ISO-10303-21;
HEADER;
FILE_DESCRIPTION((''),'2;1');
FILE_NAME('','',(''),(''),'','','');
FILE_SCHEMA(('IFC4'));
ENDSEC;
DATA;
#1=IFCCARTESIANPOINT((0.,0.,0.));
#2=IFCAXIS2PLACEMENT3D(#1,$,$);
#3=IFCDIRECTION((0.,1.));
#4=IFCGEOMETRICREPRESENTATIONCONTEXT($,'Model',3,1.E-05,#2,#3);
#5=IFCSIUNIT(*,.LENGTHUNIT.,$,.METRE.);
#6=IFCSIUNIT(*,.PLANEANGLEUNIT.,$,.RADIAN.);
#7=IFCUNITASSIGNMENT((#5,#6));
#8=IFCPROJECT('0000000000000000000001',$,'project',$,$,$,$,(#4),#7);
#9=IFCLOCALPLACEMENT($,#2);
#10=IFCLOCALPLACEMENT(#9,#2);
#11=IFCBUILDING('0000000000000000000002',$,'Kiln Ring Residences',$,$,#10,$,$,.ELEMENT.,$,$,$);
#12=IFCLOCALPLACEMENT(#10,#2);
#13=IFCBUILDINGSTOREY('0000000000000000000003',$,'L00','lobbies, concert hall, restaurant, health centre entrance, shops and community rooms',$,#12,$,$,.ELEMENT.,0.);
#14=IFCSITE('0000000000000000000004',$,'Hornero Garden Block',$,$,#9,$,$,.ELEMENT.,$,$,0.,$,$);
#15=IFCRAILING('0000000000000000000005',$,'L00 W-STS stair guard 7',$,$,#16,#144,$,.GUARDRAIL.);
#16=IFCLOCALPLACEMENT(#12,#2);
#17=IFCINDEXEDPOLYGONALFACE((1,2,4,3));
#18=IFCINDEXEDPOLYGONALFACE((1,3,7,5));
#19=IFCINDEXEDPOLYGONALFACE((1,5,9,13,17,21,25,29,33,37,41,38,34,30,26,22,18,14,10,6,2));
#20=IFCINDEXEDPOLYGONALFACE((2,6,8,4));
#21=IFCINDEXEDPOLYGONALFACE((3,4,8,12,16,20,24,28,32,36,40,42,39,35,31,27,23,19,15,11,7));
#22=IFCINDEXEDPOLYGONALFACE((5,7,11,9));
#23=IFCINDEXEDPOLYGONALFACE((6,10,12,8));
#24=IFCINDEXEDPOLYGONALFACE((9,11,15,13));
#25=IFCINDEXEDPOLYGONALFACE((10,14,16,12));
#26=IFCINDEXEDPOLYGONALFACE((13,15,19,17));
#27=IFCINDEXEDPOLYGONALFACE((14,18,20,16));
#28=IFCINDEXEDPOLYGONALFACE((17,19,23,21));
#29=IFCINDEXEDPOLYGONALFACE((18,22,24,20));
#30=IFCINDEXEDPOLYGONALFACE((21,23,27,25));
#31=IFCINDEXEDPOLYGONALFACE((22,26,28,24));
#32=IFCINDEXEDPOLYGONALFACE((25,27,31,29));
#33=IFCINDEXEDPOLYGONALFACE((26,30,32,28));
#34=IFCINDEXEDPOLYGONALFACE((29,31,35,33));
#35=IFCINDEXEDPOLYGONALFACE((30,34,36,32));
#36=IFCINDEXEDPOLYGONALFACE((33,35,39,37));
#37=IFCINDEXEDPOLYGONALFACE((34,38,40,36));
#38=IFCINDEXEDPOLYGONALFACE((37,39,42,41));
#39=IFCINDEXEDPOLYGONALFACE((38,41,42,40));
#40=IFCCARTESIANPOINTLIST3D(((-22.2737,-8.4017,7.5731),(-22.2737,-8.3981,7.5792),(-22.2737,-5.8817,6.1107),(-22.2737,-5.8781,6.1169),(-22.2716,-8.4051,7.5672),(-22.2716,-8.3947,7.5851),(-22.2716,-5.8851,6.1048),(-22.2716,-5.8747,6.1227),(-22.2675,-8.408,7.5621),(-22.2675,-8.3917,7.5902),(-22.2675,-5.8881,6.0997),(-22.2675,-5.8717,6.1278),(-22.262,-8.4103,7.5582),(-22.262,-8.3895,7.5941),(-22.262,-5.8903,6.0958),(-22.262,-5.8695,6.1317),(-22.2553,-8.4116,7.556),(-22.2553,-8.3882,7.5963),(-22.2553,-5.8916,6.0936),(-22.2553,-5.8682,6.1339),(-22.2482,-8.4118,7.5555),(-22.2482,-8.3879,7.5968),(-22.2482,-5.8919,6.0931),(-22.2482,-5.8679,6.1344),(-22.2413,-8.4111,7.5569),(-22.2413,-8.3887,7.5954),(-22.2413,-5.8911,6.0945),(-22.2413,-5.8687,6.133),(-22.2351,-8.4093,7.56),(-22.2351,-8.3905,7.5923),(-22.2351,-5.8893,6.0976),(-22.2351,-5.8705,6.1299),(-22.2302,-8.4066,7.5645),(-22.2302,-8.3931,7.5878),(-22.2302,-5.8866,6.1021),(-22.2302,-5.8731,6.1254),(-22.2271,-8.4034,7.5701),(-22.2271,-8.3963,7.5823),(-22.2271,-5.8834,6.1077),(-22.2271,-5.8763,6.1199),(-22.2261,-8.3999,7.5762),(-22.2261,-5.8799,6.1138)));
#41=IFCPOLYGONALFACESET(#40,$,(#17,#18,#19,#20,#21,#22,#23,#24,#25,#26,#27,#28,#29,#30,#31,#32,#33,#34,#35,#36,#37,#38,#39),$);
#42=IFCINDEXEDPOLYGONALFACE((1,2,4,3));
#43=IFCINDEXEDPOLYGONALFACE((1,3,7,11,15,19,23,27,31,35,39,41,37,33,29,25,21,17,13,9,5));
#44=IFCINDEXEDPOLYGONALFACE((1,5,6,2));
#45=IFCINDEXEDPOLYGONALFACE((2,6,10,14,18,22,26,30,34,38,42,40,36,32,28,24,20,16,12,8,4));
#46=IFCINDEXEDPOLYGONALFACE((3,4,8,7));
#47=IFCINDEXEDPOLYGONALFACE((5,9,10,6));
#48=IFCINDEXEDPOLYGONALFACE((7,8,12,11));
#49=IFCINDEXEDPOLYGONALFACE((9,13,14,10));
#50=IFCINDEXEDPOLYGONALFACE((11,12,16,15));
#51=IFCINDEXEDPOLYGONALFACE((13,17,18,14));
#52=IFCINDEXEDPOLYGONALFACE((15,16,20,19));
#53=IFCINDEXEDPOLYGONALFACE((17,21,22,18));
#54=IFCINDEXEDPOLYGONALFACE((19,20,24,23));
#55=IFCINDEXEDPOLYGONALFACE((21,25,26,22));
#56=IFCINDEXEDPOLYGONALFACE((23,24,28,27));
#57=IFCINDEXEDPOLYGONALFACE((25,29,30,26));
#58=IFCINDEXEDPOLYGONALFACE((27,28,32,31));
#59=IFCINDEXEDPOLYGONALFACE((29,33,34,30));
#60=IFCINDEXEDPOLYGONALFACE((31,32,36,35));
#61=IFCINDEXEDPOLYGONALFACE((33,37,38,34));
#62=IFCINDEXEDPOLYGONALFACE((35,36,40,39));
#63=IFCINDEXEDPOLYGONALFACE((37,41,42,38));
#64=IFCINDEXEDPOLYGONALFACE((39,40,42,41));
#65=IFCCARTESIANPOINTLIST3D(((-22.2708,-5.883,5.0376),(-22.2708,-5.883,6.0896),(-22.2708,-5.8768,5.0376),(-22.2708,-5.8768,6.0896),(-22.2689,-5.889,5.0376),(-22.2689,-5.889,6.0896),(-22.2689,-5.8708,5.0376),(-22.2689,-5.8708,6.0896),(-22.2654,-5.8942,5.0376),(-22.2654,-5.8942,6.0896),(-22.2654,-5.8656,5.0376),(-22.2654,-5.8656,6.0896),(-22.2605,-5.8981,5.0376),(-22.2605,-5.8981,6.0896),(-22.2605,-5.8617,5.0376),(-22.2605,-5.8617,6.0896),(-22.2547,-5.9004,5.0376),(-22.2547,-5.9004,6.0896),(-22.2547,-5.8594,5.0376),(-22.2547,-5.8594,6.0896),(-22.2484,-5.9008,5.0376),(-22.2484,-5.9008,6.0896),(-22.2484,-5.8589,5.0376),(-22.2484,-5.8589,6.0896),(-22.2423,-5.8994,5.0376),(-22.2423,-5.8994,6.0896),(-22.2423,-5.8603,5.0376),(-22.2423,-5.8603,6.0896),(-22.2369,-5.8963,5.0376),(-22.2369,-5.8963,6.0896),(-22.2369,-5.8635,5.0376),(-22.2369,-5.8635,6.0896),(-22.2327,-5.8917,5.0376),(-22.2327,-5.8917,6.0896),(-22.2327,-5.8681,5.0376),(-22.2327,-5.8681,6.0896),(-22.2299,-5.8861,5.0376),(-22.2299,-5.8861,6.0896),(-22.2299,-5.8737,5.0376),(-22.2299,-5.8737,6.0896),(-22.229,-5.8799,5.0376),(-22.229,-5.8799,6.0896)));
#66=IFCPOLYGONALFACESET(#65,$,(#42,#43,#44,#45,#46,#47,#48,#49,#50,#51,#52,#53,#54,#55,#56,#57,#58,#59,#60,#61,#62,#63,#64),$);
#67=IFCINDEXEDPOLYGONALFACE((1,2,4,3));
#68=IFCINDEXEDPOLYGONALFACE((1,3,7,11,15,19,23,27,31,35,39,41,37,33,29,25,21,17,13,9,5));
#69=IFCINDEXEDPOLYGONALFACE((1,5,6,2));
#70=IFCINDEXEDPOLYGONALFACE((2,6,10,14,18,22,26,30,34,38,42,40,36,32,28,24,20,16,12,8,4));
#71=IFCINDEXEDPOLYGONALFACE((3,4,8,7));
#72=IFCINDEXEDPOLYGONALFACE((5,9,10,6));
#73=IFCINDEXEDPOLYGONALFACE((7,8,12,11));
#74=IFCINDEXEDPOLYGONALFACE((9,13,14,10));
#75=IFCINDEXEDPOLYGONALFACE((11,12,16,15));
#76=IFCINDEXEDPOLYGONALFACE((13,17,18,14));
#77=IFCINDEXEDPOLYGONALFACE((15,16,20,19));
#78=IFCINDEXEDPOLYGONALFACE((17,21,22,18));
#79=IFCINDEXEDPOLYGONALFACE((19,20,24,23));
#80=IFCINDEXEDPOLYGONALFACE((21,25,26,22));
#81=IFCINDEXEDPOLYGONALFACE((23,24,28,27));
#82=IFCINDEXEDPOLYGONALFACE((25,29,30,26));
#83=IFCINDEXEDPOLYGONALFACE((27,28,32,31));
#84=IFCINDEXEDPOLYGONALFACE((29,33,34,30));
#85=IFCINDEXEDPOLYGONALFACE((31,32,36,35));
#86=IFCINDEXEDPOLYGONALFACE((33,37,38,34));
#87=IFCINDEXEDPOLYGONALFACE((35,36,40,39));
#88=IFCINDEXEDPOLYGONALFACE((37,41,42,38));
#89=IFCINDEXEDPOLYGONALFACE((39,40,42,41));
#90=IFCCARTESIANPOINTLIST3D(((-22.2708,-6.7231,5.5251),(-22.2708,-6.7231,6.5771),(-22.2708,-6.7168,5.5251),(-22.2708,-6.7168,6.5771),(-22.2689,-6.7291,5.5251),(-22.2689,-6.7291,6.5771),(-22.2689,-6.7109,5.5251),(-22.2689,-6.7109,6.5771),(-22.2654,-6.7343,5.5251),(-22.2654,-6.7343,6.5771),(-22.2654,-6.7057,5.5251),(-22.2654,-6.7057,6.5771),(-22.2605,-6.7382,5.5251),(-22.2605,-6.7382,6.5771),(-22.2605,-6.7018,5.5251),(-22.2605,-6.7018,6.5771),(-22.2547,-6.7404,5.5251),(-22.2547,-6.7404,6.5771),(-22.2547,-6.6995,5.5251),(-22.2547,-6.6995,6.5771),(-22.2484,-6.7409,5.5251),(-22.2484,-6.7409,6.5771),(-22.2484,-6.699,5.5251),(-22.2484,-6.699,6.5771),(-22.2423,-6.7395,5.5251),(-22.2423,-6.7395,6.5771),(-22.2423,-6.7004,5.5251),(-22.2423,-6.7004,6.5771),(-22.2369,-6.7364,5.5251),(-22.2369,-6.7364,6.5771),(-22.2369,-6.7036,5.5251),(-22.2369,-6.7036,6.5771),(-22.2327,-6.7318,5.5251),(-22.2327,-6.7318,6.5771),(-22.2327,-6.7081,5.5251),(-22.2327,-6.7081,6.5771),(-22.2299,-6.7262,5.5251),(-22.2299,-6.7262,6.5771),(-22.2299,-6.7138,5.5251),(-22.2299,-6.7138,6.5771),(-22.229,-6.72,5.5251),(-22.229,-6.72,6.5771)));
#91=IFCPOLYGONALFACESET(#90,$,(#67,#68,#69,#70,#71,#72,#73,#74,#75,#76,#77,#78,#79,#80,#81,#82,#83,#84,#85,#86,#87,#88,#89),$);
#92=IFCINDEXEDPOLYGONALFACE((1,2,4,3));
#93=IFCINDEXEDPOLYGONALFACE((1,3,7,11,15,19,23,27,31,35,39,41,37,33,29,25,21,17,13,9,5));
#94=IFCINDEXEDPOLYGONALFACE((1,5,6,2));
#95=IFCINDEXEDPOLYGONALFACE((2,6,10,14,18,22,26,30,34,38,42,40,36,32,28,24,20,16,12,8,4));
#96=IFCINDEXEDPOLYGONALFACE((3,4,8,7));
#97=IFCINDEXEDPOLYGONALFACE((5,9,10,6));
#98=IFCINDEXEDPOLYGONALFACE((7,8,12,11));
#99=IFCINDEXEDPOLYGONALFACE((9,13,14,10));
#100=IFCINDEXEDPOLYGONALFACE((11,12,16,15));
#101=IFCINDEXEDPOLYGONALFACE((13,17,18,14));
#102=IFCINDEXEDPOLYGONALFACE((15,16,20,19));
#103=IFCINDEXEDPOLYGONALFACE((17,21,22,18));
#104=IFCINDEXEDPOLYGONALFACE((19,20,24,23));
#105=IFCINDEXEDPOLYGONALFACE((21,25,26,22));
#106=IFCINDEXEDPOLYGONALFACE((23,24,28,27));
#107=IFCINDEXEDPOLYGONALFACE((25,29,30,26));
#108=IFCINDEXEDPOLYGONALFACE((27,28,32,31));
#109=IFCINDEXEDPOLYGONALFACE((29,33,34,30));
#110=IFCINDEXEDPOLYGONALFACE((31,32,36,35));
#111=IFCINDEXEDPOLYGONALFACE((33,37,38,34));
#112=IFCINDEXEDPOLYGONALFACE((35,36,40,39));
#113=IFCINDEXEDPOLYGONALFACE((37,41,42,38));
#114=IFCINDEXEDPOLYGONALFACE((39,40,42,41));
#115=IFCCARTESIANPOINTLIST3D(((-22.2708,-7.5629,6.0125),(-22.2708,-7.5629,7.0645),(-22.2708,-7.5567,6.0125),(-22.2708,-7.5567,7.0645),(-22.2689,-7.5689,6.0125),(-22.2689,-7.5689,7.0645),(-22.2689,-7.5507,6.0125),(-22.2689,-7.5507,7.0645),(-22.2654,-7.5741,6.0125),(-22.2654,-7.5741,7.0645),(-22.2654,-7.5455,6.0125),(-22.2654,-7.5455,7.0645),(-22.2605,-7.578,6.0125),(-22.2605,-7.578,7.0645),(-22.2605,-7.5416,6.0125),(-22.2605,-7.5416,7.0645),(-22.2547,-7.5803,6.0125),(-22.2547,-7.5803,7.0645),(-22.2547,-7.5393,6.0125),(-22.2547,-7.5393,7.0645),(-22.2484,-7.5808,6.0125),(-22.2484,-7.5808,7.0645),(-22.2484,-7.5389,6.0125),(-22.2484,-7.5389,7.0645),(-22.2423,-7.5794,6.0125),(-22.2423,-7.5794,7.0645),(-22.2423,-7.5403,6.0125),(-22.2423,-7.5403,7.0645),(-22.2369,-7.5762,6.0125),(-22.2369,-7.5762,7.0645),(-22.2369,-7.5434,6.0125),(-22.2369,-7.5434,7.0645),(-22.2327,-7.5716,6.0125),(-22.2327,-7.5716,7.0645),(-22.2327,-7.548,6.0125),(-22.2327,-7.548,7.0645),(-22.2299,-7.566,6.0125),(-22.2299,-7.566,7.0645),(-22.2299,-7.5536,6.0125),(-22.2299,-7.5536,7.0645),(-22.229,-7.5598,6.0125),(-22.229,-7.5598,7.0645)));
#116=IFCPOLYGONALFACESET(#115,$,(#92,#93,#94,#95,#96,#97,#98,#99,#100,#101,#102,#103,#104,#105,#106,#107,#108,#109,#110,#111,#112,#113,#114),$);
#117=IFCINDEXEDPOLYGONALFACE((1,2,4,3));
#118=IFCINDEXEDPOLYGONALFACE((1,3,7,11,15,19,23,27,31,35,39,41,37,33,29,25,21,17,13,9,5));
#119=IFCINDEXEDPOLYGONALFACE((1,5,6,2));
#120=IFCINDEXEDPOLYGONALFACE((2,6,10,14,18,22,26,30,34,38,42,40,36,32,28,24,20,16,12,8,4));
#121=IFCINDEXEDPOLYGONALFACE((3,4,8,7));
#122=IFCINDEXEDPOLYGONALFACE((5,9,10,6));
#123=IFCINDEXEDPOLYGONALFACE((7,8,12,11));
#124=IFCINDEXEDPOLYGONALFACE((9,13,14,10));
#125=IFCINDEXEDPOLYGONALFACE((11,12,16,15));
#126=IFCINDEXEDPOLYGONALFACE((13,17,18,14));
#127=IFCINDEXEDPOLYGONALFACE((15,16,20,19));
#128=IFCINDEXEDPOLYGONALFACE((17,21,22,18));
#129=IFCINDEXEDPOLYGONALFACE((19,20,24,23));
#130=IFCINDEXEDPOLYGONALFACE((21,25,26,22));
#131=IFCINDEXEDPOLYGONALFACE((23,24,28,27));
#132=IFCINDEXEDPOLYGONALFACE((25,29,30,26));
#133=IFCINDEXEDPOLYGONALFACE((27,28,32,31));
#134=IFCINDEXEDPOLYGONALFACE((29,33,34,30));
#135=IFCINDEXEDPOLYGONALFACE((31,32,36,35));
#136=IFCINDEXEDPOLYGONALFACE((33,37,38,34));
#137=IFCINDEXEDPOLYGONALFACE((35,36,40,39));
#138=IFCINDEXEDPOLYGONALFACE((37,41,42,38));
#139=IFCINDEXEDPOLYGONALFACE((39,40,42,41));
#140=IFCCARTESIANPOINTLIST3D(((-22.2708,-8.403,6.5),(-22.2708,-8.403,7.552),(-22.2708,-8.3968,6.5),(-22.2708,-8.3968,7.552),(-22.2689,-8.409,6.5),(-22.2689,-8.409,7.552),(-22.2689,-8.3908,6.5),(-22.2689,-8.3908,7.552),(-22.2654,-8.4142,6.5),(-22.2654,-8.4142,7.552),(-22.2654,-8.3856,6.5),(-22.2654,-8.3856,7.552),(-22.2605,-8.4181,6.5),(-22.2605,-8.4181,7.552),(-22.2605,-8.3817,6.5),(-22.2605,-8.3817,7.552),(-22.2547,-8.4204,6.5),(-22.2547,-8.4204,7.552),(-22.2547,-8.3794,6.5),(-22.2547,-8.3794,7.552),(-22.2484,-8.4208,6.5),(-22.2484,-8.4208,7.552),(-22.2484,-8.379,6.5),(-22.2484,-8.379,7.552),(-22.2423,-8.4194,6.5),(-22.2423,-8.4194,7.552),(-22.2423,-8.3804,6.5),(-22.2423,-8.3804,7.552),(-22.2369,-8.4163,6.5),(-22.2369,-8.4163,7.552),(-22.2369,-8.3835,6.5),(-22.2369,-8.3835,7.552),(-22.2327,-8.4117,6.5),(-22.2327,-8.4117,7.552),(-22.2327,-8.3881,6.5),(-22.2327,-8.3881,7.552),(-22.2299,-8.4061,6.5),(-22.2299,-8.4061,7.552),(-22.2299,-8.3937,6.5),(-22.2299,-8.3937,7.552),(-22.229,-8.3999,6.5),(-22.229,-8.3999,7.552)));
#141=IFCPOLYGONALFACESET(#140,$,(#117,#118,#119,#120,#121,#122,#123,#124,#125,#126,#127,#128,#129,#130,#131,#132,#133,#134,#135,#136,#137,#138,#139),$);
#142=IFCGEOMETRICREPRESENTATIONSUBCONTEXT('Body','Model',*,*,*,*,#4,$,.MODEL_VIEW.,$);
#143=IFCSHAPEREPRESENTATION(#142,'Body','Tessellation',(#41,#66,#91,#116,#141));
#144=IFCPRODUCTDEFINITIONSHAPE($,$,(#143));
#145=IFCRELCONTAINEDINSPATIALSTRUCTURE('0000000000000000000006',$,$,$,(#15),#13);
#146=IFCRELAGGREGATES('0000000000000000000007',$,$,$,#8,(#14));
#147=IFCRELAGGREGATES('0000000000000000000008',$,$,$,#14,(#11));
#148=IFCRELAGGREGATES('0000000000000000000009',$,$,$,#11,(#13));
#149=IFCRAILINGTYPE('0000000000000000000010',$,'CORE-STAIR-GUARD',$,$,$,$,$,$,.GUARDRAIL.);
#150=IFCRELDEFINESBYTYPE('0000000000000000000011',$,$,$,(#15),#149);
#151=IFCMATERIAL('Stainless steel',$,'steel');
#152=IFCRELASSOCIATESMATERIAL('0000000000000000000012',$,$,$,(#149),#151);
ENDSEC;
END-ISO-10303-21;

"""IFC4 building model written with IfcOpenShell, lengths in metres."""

from ifc_helpers import new_model, si_unit, direction, frame, origin, origin_2d, place, context, subcontext, project, spatial, circle, extrude, material, type_object, element, save


model = new_model("IFC4")

# Units and contexts
model_context = context("Model", 3, precision=1e-05, world=origin(), true_north=direction((0.0, 1.0)))
body_context = subcontext(model_context, "Body", "Model", "MODEL_VIEW")
ifc_project = project(units=[si_unit("LENGTHUNIT", "METRE"), si_unit("PLANEANGLEUNIT", "RADIAN")], contexts=[model_context])

# Site, building, storey
site_placement = place(None, origin())
site = spatial("IfcSite", under=ifc_project, at=site_placement, Name="Hornero Garden Block", CompositionType="ELEMENT", RefElevation=0.0)
building_placement = place(site_placement, origin())
building = spatial("IfcBuilding", under=site, at=building_placement, Name="Kiln Ring Residences", CompositionType="ELEMENT")
storey_placement = place(building_placement, origin())
storey = spatial("IfcBuildingStorey", under=building, at=storey_placement, Name="L00", Description="lobbies, concert hall, restaurant, health centre entrance, shops and community rooms", CompositionType="ELEMENT", Elevation=0.0)

# Railing
ifc_material_1 = material(Name="Stainless steel", Category="steel")
railing_type_1 = type_object("IfcRailingType", Name="CORE-STAIR-GUARD", PredefinedType="GUARDRAIL", material=ifc_material_1)
for number, where, name in (
    (1, (-22.25, -5.8799, 5.0376), "L00 W-STS stair guard 7"),
):
    element("IfcRailing", number, at=place(storey_placement, frame(where)), inside=storey, type_object=railing_type_1, Name=name, PredefinedType="GUARDRAIL", context=body_context, shape_type="SweptSolid", body=[
        extrude(circle(Radius=0.0239, at=origin_2d()), frame((0.0, 0.0, 1.0762), z_axis=(0.0, -0.864913, 0.501921), x_axis=(1.0, 0.0, 0.0)), (0.0, 0.0, 1.0), 2.9136),
        extrude(circle(Radius=0.021, at=origin_2d()), origin(), (0.0, 0.0, 1.0), 1.052),
        extrude(circle(Radius=0.021, at=origin_2d()), frame((0.0, -0.8401, 0.4875)), (0.0, 0.0, 1.0), 1.052),
        extrude(circle(Radius=0.021, at=origin_2d()), frame((0.0, -1.6799, 0.9749)), (0.0, 0.0, 1.0), 1.052),
        extrude(circle(Radius=0.021, at=origin_2d()), frame((0.0, -2.52, 1.4624)), (0.0, 0.0, 1.0), 1.052),
    ])

save(model, "model.ifc")
